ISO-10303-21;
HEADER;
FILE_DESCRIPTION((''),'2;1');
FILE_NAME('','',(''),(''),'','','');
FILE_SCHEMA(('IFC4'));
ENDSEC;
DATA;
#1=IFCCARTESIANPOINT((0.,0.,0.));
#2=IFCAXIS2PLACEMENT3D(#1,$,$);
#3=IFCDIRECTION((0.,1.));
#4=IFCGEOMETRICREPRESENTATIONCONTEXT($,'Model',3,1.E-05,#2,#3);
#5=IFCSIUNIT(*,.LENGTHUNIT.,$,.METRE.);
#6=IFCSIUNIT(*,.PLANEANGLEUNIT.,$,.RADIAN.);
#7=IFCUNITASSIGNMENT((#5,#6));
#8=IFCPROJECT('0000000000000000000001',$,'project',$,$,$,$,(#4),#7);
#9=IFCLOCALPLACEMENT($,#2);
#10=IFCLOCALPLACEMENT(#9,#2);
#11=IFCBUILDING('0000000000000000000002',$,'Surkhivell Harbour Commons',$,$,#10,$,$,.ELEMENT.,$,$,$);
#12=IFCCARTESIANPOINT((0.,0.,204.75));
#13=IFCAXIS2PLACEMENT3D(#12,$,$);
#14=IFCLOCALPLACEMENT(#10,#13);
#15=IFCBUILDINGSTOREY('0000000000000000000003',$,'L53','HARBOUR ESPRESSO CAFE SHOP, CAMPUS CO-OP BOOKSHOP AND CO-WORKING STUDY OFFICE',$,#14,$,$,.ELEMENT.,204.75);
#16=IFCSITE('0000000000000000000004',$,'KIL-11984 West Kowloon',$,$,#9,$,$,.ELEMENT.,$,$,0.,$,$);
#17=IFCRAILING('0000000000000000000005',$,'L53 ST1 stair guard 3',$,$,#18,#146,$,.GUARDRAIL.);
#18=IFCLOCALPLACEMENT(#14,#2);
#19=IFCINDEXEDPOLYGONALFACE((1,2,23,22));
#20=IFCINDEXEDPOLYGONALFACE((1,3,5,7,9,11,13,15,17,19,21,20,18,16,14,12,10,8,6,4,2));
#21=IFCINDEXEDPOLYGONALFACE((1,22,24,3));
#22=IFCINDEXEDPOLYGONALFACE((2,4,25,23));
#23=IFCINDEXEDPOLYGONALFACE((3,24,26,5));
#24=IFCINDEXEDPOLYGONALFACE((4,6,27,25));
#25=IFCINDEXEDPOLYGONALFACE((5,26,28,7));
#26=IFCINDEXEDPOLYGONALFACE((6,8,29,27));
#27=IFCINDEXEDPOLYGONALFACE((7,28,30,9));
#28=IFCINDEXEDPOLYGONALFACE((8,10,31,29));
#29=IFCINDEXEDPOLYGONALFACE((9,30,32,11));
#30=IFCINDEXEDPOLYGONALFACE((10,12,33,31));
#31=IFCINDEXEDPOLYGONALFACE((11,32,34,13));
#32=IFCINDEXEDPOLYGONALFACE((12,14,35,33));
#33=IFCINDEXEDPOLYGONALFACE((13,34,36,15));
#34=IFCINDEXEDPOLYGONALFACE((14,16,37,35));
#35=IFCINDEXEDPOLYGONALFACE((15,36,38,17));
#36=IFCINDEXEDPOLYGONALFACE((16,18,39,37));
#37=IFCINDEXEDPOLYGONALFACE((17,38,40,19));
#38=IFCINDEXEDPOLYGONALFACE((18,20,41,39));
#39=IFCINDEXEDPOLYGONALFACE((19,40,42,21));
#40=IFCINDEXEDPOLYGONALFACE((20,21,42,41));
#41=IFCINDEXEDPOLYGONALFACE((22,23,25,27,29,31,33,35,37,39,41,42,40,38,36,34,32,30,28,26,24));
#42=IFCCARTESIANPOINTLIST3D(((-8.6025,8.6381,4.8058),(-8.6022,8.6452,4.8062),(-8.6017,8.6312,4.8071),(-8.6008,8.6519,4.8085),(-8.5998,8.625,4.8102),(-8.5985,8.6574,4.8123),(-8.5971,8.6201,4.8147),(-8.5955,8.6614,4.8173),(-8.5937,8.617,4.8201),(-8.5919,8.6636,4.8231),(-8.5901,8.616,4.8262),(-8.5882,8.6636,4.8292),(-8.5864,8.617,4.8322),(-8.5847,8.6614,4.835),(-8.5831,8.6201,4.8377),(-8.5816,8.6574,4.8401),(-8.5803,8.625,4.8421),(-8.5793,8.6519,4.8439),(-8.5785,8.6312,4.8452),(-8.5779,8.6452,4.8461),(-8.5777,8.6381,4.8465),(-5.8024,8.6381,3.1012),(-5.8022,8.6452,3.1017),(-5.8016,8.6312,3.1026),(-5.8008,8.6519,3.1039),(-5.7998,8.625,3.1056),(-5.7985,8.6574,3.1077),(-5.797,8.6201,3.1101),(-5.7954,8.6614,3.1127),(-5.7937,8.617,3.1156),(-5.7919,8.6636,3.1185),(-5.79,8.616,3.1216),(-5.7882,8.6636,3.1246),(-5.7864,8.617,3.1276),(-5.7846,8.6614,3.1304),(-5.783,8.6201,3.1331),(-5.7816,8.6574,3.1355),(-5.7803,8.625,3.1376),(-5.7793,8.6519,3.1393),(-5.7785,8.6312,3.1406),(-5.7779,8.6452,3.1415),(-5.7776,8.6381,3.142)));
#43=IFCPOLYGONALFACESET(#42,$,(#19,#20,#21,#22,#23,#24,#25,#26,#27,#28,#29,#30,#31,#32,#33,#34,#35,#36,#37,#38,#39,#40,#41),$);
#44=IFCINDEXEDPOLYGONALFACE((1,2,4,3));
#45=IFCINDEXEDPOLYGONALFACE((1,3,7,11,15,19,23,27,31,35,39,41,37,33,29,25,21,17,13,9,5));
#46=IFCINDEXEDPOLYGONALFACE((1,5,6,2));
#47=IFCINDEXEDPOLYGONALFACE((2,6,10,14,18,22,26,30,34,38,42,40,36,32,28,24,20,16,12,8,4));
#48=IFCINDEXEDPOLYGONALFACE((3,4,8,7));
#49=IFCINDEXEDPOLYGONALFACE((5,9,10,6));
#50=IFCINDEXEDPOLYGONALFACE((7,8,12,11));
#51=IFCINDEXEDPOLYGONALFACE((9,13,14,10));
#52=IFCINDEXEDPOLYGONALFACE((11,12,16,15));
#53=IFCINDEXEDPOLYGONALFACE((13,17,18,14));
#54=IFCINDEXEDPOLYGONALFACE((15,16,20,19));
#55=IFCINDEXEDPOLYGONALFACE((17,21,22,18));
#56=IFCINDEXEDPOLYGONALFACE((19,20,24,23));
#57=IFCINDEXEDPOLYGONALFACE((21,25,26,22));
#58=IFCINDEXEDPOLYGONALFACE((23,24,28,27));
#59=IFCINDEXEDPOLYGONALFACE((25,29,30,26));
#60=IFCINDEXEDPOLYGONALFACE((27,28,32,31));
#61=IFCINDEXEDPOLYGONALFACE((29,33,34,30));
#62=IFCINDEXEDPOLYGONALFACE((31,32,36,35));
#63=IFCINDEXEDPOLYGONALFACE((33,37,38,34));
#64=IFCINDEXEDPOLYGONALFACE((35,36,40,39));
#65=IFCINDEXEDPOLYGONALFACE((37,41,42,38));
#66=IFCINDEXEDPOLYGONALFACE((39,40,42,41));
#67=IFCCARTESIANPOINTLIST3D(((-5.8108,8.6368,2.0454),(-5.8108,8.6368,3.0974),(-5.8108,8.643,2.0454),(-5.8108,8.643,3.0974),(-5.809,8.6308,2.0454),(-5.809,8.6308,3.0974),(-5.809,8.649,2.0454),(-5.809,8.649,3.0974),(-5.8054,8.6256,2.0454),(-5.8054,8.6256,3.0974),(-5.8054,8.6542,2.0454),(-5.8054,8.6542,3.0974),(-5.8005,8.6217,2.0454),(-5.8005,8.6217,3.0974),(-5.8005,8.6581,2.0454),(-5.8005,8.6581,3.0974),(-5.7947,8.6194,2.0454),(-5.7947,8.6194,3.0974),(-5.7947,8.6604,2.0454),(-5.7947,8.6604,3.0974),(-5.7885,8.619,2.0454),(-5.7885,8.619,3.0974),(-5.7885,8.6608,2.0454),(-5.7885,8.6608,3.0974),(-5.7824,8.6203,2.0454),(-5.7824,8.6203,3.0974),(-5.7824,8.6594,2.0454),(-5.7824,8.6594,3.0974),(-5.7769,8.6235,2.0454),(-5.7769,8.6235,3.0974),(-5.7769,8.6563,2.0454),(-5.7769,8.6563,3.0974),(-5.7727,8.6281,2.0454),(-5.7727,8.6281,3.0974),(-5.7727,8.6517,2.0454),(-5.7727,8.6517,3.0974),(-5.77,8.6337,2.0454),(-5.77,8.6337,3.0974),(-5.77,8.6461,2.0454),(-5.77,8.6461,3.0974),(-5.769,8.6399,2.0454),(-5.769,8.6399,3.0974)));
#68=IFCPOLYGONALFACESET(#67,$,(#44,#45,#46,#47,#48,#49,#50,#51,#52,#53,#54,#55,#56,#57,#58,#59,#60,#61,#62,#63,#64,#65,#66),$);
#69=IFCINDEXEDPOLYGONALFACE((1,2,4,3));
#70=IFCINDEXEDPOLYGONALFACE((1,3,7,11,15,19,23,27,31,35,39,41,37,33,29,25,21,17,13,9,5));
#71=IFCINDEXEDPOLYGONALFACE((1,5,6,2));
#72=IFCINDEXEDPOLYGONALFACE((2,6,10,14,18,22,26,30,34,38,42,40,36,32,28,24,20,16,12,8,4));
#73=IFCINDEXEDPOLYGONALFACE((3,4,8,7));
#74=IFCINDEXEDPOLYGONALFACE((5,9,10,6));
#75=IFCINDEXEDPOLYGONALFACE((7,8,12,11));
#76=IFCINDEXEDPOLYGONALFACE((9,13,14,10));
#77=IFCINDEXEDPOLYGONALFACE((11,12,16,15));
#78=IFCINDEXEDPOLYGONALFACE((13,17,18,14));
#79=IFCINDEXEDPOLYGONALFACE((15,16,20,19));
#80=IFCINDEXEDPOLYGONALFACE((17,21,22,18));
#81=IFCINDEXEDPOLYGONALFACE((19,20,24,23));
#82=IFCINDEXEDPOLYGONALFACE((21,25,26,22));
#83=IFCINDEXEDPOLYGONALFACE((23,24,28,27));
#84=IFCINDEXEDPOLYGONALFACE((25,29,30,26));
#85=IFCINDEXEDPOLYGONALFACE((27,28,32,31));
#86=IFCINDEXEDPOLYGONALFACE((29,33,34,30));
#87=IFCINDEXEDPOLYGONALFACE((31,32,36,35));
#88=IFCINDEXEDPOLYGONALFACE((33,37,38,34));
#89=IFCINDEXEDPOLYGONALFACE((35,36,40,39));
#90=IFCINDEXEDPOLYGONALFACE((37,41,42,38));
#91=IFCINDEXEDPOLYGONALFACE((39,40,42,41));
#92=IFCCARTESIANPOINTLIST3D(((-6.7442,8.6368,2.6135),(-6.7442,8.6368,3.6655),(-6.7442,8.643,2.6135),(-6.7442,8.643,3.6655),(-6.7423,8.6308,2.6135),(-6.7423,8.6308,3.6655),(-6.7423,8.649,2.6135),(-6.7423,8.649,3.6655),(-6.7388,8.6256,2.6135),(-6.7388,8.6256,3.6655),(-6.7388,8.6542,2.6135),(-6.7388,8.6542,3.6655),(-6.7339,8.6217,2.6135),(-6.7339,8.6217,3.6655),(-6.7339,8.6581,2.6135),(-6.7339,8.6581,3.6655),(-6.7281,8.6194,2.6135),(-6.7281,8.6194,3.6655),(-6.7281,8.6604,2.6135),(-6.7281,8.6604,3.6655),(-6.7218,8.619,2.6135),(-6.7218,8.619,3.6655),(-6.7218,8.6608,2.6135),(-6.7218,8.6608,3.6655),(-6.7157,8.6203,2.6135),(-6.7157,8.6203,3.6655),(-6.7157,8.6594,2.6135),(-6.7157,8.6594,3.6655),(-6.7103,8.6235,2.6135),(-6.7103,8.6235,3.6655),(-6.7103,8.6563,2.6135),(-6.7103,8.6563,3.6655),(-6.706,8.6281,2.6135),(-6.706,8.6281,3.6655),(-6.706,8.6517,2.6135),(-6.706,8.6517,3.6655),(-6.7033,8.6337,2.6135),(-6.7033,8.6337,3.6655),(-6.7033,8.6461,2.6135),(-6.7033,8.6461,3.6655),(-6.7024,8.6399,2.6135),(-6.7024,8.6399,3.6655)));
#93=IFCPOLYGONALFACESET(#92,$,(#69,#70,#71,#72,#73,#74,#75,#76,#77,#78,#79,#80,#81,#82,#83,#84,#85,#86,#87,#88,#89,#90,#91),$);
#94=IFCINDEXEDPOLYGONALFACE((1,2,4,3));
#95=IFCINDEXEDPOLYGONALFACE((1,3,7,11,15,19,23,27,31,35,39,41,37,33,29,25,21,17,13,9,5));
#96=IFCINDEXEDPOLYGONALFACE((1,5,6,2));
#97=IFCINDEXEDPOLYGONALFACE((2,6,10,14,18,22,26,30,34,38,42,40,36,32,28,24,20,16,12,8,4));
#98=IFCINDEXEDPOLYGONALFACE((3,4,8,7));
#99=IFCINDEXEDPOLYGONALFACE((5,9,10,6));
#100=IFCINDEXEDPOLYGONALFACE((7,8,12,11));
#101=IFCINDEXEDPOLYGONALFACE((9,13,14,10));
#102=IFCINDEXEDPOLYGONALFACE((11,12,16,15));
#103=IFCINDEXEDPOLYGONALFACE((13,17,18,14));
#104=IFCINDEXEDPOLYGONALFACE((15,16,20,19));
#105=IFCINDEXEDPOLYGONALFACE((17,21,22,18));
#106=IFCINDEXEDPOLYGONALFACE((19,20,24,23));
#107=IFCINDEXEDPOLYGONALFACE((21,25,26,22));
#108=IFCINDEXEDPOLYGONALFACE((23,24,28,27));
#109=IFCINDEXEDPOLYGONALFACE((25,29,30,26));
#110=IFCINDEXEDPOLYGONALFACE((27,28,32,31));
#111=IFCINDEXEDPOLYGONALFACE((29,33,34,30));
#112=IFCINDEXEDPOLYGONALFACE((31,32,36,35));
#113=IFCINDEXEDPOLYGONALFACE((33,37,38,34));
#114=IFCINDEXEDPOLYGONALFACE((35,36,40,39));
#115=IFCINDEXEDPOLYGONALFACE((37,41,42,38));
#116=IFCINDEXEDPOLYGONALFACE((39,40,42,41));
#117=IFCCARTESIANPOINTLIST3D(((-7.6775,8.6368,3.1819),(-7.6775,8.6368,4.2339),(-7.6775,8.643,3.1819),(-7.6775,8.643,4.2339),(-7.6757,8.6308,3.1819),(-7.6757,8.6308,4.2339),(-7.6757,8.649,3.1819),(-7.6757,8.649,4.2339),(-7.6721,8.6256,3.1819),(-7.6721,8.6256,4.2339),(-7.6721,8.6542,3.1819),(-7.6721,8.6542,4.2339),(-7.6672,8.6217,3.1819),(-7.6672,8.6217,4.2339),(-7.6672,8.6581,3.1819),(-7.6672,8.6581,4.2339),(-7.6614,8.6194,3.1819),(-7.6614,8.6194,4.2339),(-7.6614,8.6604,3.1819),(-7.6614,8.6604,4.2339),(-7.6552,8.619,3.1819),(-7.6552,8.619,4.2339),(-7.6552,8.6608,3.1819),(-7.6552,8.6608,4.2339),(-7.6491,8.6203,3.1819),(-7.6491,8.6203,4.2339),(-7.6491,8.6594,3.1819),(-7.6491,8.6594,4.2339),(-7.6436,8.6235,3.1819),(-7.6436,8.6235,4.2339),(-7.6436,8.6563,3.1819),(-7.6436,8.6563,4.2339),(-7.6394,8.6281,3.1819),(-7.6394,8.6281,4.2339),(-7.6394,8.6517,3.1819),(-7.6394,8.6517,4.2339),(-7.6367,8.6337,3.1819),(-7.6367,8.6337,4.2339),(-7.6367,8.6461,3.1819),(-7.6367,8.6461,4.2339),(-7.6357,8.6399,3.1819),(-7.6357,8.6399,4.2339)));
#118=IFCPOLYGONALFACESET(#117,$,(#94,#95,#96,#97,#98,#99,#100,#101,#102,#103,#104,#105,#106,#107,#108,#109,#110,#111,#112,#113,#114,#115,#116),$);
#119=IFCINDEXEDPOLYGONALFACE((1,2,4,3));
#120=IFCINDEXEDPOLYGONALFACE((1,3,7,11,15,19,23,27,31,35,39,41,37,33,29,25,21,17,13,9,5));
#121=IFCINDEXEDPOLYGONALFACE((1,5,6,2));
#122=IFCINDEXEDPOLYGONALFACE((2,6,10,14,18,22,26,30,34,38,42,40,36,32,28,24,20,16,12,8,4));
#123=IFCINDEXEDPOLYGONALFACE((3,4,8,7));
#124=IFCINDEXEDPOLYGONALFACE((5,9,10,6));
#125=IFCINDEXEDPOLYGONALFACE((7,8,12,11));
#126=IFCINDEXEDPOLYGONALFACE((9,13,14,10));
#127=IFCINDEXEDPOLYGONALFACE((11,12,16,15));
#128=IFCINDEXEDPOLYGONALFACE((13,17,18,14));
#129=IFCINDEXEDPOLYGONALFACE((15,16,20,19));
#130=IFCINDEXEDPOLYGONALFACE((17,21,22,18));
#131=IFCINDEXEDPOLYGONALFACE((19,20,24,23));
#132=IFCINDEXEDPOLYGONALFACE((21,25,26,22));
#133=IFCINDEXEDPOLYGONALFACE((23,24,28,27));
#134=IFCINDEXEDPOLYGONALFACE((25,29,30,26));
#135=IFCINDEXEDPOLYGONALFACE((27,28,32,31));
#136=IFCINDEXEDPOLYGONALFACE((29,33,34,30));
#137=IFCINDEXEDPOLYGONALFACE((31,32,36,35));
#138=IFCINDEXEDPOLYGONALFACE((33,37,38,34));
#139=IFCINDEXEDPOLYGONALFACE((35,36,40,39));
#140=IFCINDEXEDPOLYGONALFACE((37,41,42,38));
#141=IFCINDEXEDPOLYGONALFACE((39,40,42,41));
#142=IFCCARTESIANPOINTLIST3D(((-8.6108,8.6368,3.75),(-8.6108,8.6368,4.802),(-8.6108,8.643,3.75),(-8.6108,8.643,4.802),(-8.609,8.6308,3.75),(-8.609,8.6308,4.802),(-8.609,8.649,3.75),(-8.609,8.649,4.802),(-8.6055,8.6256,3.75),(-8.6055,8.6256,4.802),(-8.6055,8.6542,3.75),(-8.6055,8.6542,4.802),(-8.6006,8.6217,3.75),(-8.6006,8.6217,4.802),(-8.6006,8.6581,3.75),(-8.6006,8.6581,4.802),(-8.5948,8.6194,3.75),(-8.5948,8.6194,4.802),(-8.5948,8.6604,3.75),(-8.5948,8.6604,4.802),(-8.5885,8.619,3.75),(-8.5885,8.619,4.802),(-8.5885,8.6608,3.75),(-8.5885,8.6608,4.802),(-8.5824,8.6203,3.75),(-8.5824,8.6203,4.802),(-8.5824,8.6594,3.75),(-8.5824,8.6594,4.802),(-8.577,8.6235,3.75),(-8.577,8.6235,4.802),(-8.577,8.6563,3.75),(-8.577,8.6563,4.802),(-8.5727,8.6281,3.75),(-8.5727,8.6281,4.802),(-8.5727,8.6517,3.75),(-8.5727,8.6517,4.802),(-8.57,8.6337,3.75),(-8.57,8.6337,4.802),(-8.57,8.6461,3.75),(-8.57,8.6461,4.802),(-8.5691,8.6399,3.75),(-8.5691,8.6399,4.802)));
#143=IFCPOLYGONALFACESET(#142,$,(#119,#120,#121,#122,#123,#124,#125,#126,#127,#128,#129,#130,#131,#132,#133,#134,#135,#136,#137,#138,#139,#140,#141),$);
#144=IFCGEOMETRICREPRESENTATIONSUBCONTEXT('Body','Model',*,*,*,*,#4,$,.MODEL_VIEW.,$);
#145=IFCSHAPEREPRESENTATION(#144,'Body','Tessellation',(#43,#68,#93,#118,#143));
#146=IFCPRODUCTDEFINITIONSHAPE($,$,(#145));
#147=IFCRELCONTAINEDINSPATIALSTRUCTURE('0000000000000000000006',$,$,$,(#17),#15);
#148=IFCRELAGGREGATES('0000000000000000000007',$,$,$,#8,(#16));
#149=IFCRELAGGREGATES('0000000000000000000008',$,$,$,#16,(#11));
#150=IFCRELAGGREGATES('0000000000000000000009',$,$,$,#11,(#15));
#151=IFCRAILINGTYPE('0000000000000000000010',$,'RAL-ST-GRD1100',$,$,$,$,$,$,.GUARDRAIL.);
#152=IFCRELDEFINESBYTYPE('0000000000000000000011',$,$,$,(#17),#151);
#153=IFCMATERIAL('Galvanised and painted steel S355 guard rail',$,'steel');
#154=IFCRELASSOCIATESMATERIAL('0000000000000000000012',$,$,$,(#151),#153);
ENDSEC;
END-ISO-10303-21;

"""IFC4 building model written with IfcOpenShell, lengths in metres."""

from ifc_helpers import new_model, si_unit, direction, frame, origin, origin_2d, place, context, subcontext, project, spatial, circle, extrude, material, type_object, element, save


model = new_model("IFC4")

# Units and contexts
model_context = context("Model", 3, precision=1e-05, world=origin(), true_north=direction((0.0, 1.0)))
body_context = subcontext(model_context, "Body", "Model", "MODEL_VIEW")
ifc_project = project(units=[si_unit("LENGTHUNIT", "METRE"), si_unit("PLANEANGLEUNIT", "RADIAN")], contexts=[model_context])

# Site, building, storey
site_placement = place(None, origin())
site = spatial("IfcSite", under=ifc_project, at=site_placement, Name="KIL-11984 West Kowloon", CompositionType="ELEMENT", RefElevation=0.0)
building_placement = place(site_placement, origin())
building = spatial("IfcBuilding", under=site, at=building_placement, Name="Surkhivell Harbour Commons", CompositionType="ELEMENT")
storey_placement = place(building_placement, frame((0.0, 0.0, 204.75)))
storey = spatial("IfcBuildingStorey", under=building, at=storey_placement, Name="L53", Description="HARBOUR ESPRESSO CAFE SHOP, CAMPUS CO-OP BOOKSHOP AND CO-WORKING STUDY OFFICE", CompositionType="ELEMENT", Elevation=204.75)

# Railing
ifc_material_1 = material(Name="Galvanised and painted steel S355 guard rail", Category="steel")
railing_type_1 = type_object("IfcRailingType", Name="RAL-ST-GRD1100", PredefinedType="GUARDRAIL", material=ifc_material_1)
railing_1_placement = place(storey_placement, frame((-5.79, 8.6399, 2.0454)))
element("IfcRailing", 1, at=railing_1_placement, inside=storey, type_object=railing_type_1, Name="L53 ST1 stair guard 3", PredefinedType="GUARDRAIL", context=body_context, shape_type="SweptSolid", body=[
    extrude(circle(Radius=0.0239, at=origin_2d()), frame((0.0, 0.0, 1.0762), z_axis=(-0.85417, 0.0, 0.519994), x_axis=(0.0, -1.0, 0.0)), (0.0, 0.0, 1.0), 3.2781),
    extrude(circle(Radius=0.021, at=origin_2d()), origin(), (0.0, 0.0, 1.0), 1.052),
    extrude(circle(Radius=0.021, at=origin_2d()), frame((-0.9333, 0.0, 0.5681)), (0.0, 0.0, 1.0), 1.052),
    extrude(circle(Radius=0.021, at=origin_2d()), frame((-1.8667, 0.0, 1.1365)), (0.0, 0.0, 1.0), 1.052),
    extrude(circle(Radius=0.021, at=origin_2d()), frame((-2.8, 0.0, 1.7046)), (0.0, 0.0, 1.0), 1.052),
])

save(model, "model.ifc")
